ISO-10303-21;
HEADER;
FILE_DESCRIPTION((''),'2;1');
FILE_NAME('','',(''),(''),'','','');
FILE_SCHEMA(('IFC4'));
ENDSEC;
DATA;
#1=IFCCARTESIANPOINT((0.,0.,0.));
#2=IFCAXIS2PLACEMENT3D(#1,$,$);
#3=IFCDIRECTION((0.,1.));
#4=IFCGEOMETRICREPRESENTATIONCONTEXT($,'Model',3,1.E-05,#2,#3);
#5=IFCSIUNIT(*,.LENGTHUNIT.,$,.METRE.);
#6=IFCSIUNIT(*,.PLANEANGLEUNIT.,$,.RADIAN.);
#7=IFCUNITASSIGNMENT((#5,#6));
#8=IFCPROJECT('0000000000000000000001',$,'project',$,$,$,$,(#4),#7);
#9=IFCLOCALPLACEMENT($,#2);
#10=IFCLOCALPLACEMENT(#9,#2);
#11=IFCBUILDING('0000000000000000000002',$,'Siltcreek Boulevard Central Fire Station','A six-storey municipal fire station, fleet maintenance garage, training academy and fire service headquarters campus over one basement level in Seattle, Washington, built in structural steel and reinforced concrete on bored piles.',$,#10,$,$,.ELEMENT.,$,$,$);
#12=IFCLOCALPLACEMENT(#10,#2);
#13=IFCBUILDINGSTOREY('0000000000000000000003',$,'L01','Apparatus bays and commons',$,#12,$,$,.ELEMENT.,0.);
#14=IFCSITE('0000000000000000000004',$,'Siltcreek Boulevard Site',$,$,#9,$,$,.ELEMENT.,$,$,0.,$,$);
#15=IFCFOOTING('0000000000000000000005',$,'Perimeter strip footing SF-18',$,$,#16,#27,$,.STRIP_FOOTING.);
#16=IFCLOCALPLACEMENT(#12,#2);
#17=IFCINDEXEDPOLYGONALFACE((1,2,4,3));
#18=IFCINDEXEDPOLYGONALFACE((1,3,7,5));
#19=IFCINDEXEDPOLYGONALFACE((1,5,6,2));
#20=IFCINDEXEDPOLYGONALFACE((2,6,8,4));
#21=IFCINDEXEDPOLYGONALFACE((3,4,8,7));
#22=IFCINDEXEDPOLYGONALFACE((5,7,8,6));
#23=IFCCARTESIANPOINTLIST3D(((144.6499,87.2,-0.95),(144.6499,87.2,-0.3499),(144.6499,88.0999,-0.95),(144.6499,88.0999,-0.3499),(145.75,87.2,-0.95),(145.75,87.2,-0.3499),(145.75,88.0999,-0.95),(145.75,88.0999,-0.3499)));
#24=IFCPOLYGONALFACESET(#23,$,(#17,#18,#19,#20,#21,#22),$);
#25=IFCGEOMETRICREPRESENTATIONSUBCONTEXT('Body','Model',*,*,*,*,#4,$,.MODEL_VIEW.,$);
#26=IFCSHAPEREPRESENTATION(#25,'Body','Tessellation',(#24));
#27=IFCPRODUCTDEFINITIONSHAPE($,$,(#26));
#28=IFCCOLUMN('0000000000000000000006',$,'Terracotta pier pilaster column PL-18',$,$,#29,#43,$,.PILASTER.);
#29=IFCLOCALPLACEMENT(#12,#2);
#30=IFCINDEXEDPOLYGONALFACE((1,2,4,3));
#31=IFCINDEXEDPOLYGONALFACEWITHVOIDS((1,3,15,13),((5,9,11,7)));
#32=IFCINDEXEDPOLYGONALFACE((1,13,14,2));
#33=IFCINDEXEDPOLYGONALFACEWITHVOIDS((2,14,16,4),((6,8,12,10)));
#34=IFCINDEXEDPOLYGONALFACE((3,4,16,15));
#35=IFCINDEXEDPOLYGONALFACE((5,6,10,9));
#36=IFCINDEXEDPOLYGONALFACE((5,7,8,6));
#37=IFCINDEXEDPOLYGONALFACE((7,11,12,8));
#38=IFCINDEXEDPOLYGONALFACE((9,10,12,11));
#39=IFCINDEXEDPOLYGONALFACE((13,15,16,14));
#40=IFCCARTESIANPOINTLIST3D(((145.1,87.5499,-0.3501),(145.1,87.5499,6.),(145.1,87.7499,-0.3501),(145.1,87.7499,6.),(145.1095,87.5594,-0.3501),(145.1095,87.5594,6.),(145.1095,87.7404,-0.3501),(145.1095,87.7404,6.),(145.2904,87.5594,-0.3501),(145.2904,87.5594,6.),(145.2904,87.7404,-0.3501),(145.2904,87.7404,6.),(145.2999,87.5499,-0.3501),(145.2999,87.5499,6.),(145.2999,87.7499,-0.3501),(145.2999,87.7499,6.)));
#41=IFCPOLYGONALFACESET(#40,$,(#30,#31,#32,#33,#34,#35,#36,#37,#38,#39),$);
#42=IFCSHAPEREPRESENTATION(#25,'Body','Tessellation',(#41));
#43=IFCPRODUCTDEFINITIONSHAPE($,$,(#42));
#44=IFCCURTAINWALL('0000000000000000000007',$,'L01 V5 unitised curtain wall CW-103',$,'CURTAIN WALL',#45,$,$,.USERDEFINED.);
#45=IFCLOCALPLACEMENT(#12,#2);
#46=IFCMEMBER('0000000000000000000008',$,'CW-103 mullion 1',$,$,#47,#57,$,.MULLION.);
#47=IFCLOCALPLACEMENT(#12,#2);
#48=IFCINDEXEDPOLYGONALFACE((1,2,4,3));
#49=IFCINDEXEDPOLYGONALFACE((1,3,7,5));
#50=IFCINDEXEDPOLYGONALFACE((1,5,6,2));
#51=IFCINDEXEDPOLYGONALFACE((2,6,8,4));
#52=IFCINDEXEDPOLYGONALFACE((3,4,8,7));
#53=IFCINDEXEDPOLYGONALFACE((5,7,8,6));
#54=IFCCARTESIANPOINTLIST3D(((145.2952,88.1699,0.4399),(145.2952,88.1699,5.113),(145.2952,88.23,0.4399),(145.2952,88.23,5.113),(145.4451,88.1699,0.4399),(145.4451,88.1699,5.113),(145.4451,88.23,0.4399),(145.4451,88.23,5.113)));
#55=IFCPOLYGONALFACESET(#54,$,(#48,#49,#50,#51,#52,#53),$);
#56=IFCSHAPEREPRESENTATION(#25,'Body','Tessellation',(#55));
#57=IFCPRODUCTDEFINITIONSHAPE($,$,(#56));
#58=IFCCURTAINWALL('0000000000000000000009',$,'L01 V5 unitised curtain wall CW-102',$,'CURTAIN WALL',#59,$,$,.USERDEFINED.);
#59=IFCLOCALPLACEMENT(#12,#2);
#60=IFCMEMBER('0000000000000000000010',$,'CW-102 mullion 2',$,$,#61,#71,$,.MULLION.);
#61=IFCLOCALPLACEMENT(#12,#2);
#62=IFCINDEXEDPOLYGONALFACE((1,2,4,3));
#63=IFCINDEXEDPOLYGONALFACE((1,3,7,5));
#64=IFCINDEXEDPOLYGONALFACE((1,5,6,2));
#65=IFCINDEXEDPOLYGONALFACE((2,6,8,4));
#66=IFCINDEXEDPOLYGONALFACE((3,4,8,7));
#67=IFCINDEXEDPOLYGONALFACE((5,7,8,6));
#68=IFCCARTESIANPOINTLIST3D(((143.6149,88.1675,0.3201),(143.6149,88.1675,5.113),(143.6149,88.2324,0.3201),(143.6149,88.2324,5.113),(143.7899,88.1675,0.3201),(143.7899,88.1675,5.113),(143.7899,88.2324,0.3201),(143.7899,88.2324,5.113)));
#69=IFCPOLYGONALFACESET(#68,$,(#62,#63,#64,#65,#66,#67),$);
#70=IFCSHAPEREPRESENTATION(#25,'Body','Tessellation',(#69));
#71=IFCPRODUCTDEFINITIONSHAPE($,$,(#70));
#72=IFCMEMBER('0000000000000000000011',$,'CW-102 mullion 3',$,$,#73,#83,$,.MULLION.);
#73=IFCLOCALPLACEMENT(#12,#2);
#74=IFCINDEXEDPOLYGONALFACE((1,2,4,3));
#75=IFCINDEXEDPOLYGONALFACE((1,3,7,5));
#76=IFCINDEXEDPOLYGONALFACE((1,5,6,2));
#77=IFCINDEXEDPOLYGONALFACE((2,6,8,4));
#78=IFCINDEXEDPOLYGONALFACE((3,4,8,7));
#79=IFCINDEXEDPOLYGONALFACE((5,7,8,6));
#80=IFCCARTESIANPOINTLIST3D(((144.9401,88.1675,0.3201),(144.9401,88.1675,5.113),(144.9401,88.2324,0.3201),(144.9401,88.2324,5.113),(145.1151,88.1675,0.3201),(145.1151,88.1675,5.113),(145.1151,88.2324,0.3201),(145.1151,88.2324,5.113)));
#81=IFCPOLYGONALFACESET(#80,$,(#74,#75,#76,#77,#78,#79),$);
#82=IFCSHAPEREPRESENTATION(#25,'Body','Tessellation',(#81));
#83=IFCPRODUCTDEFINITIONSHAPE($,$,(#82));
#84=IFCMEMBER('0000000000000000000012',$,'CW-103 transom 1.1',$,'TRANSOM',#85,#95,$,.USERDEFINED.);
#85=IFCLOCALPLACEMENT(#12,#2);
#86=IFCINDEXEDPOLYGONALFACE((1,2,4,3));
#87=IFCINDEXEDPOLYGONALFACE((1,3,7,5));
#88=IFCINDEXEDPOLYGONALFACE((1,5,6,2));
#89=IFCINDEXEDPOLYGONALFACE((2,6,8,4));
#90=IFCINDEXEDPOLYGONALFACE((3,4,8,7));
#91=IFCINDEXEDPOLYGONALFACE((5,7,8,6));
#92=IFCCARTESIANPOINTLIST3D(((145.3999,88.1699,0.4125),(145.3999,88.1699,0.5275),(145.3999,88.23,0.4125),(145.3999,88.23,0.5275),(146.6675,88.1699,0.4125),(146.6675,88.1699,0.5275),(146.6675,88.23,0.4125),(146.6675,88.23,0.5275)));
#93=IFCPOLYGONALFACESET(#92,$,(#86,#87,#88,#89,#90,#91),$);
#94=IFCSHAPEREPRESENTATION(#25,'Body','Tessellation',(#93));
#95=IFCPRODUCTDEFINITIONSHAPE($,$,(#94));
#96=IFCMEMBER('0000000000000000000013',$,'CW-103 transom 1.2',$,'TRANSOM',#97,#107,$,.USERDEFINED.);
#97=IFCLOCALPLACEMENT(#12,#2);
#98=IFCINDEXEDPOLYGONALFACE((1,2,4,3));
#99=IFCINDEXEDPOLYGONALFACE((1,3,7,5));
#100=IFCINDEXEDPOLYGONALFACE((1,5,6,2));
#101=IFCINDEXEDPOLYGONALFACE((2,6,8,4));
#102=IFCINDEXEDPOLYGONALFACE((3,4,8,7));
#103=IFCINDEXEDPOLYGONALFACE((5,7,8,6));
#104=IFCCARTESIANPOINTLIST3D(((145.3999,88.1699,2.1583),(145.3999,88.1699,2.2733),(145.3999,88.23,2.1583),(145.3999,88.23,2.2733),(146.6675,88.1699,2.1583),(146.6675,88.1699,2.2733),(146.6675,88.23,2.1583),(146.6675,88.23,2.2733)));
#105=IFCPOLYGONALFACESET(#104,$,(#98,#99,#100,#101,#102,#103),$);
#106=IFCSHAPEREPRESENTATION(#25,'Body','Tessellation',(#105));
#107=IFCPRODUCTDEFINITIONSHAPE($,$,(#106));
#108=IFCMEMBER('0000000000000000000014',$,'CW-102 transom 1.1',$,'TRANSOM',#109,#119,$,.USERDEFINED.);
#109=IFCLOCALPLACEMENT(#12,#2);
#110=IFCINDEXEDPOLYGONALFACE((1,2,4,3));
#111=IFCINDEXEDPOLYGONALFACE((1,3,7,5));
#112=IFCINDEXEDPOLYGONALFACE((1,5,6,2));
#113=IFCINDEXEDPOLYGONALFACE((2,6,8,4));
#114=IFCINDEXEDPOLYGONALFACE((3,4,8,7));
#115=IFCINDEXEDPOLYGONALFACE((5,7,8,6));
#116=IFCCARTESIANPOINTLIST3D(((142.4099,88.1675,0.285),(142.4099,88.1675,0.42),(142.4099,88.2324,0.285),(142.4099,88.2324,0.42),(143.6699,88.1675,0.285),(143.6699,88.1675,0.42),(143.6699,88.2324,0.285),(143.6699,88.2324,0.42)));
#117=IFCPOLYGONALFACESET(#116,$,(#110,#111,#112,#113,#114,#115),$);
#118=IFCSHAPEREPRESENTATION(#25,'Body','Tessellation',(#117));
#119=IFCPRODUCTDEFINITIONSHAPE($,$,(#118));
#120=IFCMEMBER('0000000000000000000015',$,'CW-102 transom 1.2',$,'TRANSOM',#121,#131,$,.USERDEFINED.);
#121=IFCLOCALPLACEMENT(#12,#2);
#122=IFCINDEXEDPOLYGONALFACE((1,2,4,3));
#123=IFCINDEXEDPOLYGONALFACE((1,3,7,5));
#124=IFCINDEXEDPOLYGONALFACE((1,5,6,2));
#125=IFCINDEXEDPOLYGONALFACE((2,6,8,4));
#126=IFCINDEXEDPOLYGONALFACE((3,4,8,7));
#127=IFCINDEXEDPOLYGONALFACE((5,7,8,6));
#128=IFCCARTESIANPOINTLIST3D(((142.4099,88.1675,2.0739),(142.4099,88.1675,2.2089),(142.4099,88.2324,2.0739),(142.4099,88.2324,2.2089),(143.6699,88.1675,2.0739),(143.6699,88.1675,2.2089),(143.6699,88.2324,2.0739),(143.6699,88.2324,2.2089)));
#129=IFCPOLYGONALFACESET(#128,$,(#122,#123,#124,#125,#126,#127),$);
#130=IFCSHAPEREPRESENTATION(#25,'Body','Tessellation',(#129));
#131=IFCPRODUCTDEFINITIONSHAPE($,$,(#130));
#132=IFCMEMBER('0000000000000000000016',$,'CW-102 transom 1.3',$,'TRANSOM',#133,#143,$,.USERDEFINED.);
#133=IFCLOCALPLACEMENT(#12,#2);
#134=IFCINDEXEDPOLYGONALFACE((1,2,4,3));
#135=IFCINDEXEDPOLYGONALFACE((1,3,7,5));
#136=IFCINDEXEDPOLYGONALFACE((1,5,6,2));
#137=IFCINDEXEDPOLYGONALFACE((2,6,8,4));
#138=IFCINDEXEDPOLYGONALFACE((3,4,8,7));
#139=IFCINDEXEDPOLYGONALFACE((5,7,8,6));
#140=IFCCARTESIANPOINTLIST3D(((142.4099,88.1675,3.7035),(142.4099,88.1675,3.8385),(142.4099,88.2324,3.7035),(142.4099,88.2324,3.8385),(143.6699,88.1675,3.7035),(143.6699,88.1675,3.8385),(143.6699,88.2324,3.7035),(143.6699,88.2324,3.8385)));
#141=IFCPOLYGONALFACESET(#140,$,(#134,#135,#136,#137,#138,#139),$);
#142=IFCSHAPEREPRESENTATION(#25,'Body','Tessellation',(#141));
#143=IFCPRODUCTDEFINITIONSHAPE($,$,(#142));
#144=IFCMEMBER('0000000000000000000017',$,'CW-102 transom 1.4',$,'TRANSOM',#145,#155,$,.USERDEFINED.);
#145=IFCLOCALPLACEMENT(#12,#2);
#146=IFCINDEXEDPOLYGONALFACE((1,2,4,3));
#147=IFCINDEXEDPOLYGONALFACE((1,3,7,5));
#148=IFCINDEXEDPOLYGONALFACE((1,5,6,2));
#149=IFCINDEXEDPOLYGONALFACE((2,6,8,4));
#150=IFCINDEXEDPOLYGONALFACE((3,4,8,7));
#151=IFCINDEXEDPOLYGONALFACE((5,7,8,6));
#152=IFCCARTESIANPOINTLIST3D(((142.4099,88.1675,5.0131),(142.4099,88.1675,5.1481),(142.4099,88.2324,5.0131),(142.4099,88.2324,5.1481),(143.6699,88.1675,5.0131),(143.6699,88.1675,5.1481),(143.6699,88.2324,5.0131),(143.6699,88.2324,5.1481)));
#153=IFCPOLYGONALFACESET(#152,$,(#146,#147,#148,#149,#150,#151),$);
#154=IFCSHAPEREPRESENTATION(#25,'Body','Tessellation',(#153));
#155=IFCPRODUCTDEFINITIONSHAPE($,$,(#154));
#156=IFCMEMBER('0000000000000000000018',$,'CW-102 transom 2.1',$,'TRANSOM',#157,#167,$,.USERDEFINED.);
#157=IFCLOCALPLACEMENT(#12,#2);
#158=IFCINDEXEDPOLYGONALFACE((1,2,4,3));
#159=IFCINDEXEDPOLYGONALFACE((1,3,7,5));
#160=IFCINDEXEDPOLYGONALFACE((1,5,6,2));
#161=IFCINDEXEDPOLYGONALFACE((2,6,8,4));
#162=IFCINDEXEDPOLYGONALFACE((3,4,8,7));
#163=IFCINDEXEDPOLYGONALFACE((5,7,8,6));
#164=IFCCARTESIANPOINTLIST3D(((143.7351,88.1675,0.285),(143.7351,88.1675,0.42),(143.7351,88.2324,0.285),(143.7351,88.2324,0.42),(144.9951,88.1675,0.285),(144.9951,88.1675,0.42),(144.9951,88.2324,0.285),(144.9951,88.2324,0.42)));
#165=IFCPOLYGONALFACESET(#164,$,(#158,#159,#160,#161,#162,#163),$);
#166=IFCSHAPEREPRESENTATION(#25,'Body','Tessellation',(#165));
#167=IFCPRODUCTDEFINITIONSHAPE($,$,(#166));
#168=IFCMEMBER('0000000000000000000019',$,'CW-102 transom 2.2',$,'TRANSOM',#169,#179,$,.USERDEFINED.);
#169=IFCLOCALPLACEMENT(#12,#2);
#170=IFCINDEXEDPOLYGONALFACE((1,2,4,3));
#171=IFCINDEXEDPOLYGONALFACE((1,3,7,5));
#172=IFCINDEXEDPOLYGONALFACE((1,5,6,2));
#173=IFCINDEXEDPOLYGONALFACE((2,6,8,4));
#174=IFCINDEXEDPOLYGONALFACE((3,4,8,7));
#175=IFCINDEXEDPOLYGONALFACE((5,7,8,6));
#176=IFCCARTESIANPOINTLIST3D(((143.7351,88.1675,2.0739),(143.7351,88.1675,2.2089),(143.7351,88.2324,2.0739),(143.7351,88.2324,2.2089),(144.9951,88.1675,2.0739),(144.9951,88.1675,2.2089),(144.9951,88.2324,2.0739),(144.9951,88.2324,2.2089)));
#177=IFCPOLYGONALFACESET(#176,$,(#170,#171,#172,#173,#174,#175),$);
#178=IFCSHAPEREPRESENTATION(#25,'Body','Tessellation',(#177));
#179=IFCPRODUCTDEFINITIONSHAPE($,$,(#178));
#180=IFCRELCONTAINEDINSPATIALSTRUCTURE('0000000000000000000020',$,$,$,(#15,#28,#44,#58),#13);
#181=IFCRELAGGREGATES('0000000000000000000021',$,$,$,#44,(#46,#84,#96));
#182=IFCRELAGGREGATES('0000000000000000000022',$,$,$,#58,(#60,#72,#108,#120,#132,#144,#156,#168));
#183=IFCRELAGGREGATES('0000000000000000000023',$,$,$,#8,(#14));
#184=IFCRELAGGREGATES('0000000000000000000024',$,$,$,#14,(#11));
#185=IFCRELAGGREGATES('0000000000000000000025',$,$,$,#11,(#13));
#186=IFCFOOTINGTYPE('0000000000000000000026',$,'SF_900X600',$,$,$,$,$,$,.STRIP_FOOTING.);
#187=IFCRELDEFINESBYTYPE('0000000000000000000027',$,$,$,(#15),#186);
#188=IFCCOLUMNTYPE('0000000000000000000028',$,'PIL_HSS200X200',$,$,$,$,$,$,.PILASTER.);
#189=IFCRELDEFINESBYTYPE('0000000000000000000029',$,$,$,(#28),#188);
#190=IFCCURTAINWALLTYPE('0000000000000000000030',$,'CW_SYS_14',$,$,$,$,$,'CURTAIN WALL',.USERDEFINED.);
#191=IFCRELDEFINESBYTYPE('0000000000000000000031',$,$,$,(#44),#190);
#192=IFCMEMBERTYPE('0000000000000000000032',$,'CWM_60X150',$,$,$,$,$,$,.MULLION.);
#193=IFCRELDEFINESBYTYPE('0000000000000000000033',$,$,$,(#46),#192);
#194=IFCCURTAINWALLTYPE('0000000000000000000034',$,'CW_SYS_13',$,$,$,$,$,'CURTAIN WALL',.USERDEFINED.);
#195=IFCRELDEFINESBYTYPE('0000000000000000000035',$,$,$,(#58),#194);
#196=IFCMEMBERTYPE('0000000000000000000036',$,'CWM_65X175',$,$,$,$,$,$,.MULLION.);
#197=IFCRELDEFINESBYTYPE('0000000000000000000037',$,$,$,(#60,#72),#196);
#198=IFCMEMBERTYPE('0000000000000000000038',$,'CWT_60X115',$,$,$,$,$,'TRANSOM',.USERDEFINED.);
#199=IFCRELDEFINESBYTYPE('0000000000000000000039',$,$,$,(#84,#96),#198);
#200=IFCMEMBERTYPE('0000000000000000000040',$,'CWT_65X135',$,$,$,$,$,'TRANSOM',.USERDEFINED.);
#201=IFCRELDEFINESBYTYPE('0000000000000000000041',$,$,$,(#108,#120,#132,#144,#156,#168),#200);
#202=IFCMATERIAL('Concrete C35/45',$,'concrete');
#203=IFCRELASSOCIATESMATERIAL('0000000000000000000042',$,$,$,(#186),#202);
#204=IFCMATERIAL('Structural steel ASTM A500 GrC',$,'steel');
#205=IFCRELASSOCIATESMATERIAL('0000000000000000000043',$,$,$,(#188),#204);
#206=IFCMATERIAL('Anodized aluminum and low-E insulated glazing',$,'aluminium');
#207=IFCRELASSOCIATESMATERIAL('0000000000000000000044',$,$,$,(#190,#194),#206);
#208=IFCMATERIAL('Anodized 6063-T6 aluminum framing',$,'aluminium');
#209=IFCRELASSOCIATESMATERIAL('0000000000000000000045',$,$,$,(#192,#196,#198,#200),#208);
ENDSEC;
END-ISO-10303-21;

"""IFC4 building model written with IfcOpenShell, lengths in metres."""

from ifc_helpers import new_model, si_unit, direction, frame, origin, origin_2d, place, context, subcontext, project, spatial, rectangle, hollow_rectangle, extrude, material, material_profile, profile_set, type_object, element, aggregate, save


model = new_model("IFC4")

# Units and contexts
model_context = context("Model", 3, precision=1e-05, world=origin(), true_north=direction((0.0, 1.0)))
body_context = subcontext(model_context, "Body", "Model", "MODEL_VIEW")
ifc_project = project(units=[si_unit("LENGTHUNIT", "METRE"), si_unit("PLANEANGLEUNIT", "RADIAN")], contexts=[model_context])

# Site, building, storey
site_placement = place(None, origin())
site = spatial("IfcSite", under=ifc_project, at=site_placement, Name="Siltcreek Boulevard Site", CompositionType="ELEMENT", RefElevation=0.0)
building_placement = place(site_placement, origin())
building = spatial("IfcBuilding", under=site, at=building_placement, Name="Siltcreek Boulevard Central Fire Station", Description="A six-storey municipal fire station, fleet maintenance garage, training academy and fire service headquarters campus over one basement level in Seattle, Washington, built in structural steel and reinforced concrete on bored piles.", CompositionType="ELEMENT")
storey_placement = place(building_placement, origin())
storey = spatial("IfcBuildingStorey", under=building, at=storey_placement, Name="L01", Description="Apparatus bays and commons", CompositionType="ELEMENT", Elevation=0.0)

# Footing
ifc_material_1 = material(Name="Concrete C35/45", Category="concrete")
footing_type = type_object("IfcFootingType", Name="SF_900X600", PredefinedType="STRIP_FOOTING", material=ifc_material_1)
footing_placement = place(storey_placement, frame((145.2, 87.6499, -0.95), z_axis=(0.0, 0.0, 1.0), x_axis=(1.0, 0.0, 0.0)))
element("IfcFooting", 1, at=footing_placement, inside=storey, type_object=footing_type, Name="Perimeter strip footing SF-18", PredefinedType="STRIP_FOOTING", context=body_context, shape_type="SweptSolid", body=[
    extrude(rectangle(XDim=1.1001, YDim=0.8999, at=origin_2d()), origin(), (0.0, 0.0, 1.0), 0.6001),
])

# Column
ifc_material_2 = material(Name="Structural steel ASTM A500 GrC", Category="steel")
ifc_material_profile_1 = material_profile(ifc_material_2, hollow_rectangle(XDim=0.2, YDim=0.2, WallThickness=0.0095, at=origin_2d()), Name="HSS200X200X9.5")
ifc_profile_set_1 = profile_set([ifc_material_profile_1], Name="Structural steel ASTM A500 GrC")
column_type = type_object("IfcColumnType", Name="PIL_HSS200X200", PredefinedType="PILASTER", material=ifc_profile_set_1)
column_placement = place(storey_placement, frame((145.2, 87.6499, -0.3501), z_axis=(0.0, 0.0, 1.0), x_axis=(1.0, 0.0, 0.0)))
element("IfcColumn", 2, at=column_placement, inside=storey, type_object=column_type, Name="Terracotta pier pilaster column PL-18", PredefinedType="PILASTER", context=body_context, shape_type="SweptSolid", body=[
    extrude(hollow_rectangle(XDim=0.2, YDim=0.2, WallThickness=0.0095, at=origin_2d()), origin(), (0.0, 0.0, 1.0), 6.3501),
])

# Curtain wall, member
ifc_material_3 = material(Name="Anodized aluminum and low-E insulated glazing", Category="aluminium")
curtain_wall_type_1 = type_object("IfcCurtainWallType", Name="CW_SYS_14", ElementType="CURTAIN WALL", PredefinedType="USERDEFINED", material=ifc_material_3)
curtain_wall_1_placement = place(storey_placement, origin())
curtain_wall_1 = element("IfcCurtainWall", 3, at=curtain_wall_1_placement, inside=storey, type_object=curtain_wall_type_1, Name="L01 V5 unitised curtain wall CW-103", ObjectType="CURTAIN WALL", PredefinedType="USERDEFINED")
ifc_material_4 = material(Name="Anodized 6063-T6 aluminum framing", Category="aluminium")
ifc_material_profile_2 = material_profile(ifc_material_4, rectangle(XDim=0.0601, YDim=0.1499, at=origin_2d()), Name="MULL60X150")
ifc_profile_set_2 = profile_set([ifc_material_profile_2], Name="Anodized 6063-T6 aluminum framing")
member_type_1 = type_object("IfcMemberType", Name="CWM_60X150", PredefinedType="MULLION", material=ifc_profile_set_2)
member_1_placement = place(storey_placement, frame((145.3701, 88.2, 0.4399), z_axis=(0.0, 0.0, 1.0), x_axis=(0.0, 1.0, 0.0)))
member_1 = element("IfcMember", 4, at=member_1_placement, type_object=member_type_1, Name="CW-103 mullion 1", PredefinedType="MULLION", context=body_context, shape_type="SweptSolid", body=[
    extrude(rectangle(XDim=0.0601, YDim=0.1499, at=origin_2d()), origin(), (0.0, 0.0, 1.0), 4.6731),
])

# Curtain wall, members
curtain_wall_type_2 = type_object("IfcCurtainWallType", Name="CW_SYS_13", ElementType="CURTAIN WALL", PredefinedType="USERDEFINED", material=ifc_material_3)
curtain_wall_2_placement = place(storey_placement, origin())
curtain_wall_2 = element("IfcCurtainWall", 5, at=curtain_wall_2_placement, inside=storey, type_object=curtain_wall_type_2, Name="L01 V5 unitised curtain wall CW-102", ObjectType="CURTAIN WALL", PredefinedType="USERDEFINED")
ifc_material_profile_3 = material_profile(ifc_material_4, rectangle(XDim=0.0649, YDim=0.175, at=origin_2d()), Name="MULL65X175")
ifc_profile_set_3 = profile_set([ifc_material_profile_3], Name="Anodized 6063-T6 aluminum framing")
member_type_2 = type_object("IfcMemberType", Name="CWM_65X175", PredefinedType="MULLION", material=ifc_profile_set_3)
member_2_placement = place(storey_placement, frame((143.7024, 88.2, 0.3201), z_axis=(0.0, 0.0, 1.0), x_axis=(0.0, 1.0, 0.0)))
member_2 = element("IfcMember", 6, at=member_2_placement, type_object=member_type_2, Name="CW-102 mullion 2", PredefinedType="MULLION", context=body_context, shape_type="SweptSolid", body=[
    extrude(rectangle(XDim=0.0649, YDim=0.175, at=origin_2d()), origin(), (0.0, 0.0, 1.0), 4.793),
])
member_3_placement = place(storey_placement, frame((145.0276, 88.2, 0.3201), z_axis=(0.0, 0.0, 1.0), x_axis=(0.0, 1.0, 0.0)))
member_3 = element("IfcMember", 7, at=member_3_placement, type_object=member_type_2, Name="CW-102 mullion 3", PredefinedType="MULLION", context=body_context, shape_type="SweptSolid", body=[
    extrude(rectangle(XDim=0.0649, YDim=0.175, at=origin_2d()), origin(), (0.0, 0.0, 1.0), 4.793),
])

# Members
ifc_material_profile_4 = material_profile(ifc_material_4, rectangle(XDim=0.0601, YDim=0.115, at=origin_2d()), Name="TRAN60X115")
ifc_profile_set_4 = profile_set([ifc_material_profile_4], Name="Anodized 6063-T6 aluminum framing")
member_type_3 = type_object("IfcMemberType", Name="CWT_60X115", ElementType="TRANSOM", PredefinedType="USERDEFINED", material=ifc_profile_set_4)
member_4_placement = place(storey_placement, frame((145.3999, 88.2, 0.47), z_axis=(1.0, 0.0, 0.0), x_axis=(0.0, 1.0, 0.0)))
member_4 = element("IfcMember", 8, at=member_4_placement, type_object=member_type_3, Name="CW-103 transom 1.1", ObjectType="TRANSOM", PredefinedType="USERDEFINED", context=body_context, shape_type="SweptSolid", body=[
    extrude(rectangle(XDim=0.0601, YDim=0.115, at=origin_2d()), origin(), (0.0, 0.0, 1.0), 1.2676),
])
member_5_placement = place(storey_placement, frame((145.3999, 88.2, 2.2158), z_axis=(1.0, 0.0, 0.0), x_axis=(0.0, 1.0, 0.0)))
member_5 = element("IfcMember", 9, at=member_5_placement, type_object=member_type_3, Name="CW-103 transom 1.2", ObjectType="TRANSOM", PredefinedType="USERDEFINED", context=body_context, shape_type="SweptSolid", body=[
    extrude(rectangle(XDim=0.0601, YDim=0.115, at=origin_2d()), origin(), (0.0, 0.0, 1.0), 1.2676),
])
aggregate(curtain_wall_1, [member_1, member_4, member_5])
ifc_material_profile_5 = material_profile(ifc_material_4, rectangle(XDim=0.0649, YDim=0.135, at=origin_2d()), Name="TRAN65X135")
ifc_profile_set_5 = profile_set([ifc_material_profile_5], Name="Anodized 6063-T6 aluminum framing")
member_type_4 = type_object("IfcMemberType", Name="CWT_65X135", ElementType="TRANSOM", PredefinedType="USERDEFINED", material=ifc_profile_set_5)
member_6_placement = place(storey_placement, frame((142.4099, 88.2, 0.3525), z_axis=(1.0, 0.0, 0.0), x_axis=(0.0, 1.0, 0.0)))
member_6 = element("IfcMember", 10, at=member_6_placement, type_object=member_type_4, Name="CW-102 transom 1.1", ObjectType="TRANSOM", PredefinedType="USERDEFINED", context=body_context, shape_type="SweptSolid", body=[
    extrude(rectangle(XDim=0.0649, YDim=0.135, at=origin_2d()), origin(), (0.0, 0.0, 1.0), 1.26),
])
member_7_placement = place(storey_placement, frame((142.4099, 88.2, 2.1414), z_axis=(1.0, 0.0, 0.0), x_axis=(0.0, 1.0, 0.0)))
member_7 = element("IfcMember", 11, at=member_7_placement, type_object=member_type_4, Name="CW-102 transom 1.2", ObjectType="TRANSOM", PredefinedType="USERDEFINED", context=body_context, shape_type="SweptSolid", body=[
    extrude(rectangle(XDim=0.0649, YDim=0.135, at=origin_2d()), origin(), (0.0, 0.0, 1.0), 1.26),
])
member_8_placement = place(storey_placement, frame((142.4099, 88.2, 3.771), z_axis=(1.0, 0.0, 0.0), x_axis=(0.0, 1.0, 0.0)))
member_8 = element("IfcMember", 12, at=member_8_placement, type_object=member_type_4, Name="CW-102 transom 1.3", ObjectType="TRANSOM", PredefinedType="USERDEFINED", context=body_context, shape_type="SweptSolid", body=[
    extrude(rectangle(XDim=0.0649, YDim=0.135, at=origin_2d()), origin(), (0.0, 0.0, 1.0), 1.26),
])
member_9_placement = place(storey_placement, frame((142.4099, 88.2, 5.0806), z_axis=(1.0, 0.0, 0.0), x_axis=(0.0, 1.0, 0.0)))
member_9 = element("IfcMember", 13, at=member_9_placement, type_object=member_type_4, Name="CW-102 transom 1.4", ObjectType="TRANSOM", PredefinedType="USERDEFINED", context=body_context, shape_type="SweptSolid", body=[
    extrude(rectangle(XDim=0.0649, YDim=0.135, at=origin_2d()), origin(), (0.0, 0.0, 1.0), 1.26),
])
member_10_placement = place(storey_placement, frame((143.7351, 88.2, 0.3525), z_axis=(1.0, 0.0, 0.0), x_axis=(0.0, 1.0, 0.0)))
member_10 = element("IfcMember", 14, at=member_10_placement, type_object=member_type_4, Name="CW-102 transom 2.1", ObjectType="TRANSOM", PredefinedType="USERDEFINED", context=body_context, shape_type="SweptSolid", body=[
    extrude(rectangle(XDim=0.0649, YDim=0.135, at=origin_2d()), origin(), (0.0, 0.0, 1.0), 1.26),
])
member_11_placement = place(storey_placement, frame((143.7351, 88.2, 2.1414), z_axis=(1.0, 0.0, 0.0), x_axis=(0.0, 1.0, 0.0)))
member_11 = element("IfcMember", 15, at=member_11_placement, type_object=member_type_4, Name="CW-102 transom 2.2", ObjectType="TRANSOM", PredefinedType="USERDEFINED", context=body_context, shape_type="SweptSolid", body=[
    extrude(rectangle(XDim=0.0649, YDim=0.135, at=origin_2d()), origin(), (0.0, 0.0, 1.0), 1.26),
])

aggregate(curtain_wall_2, [member_2, member_3, member_6, member_7, member_8, member_9, member_10, member_11])

save(model, "model.ifc")
